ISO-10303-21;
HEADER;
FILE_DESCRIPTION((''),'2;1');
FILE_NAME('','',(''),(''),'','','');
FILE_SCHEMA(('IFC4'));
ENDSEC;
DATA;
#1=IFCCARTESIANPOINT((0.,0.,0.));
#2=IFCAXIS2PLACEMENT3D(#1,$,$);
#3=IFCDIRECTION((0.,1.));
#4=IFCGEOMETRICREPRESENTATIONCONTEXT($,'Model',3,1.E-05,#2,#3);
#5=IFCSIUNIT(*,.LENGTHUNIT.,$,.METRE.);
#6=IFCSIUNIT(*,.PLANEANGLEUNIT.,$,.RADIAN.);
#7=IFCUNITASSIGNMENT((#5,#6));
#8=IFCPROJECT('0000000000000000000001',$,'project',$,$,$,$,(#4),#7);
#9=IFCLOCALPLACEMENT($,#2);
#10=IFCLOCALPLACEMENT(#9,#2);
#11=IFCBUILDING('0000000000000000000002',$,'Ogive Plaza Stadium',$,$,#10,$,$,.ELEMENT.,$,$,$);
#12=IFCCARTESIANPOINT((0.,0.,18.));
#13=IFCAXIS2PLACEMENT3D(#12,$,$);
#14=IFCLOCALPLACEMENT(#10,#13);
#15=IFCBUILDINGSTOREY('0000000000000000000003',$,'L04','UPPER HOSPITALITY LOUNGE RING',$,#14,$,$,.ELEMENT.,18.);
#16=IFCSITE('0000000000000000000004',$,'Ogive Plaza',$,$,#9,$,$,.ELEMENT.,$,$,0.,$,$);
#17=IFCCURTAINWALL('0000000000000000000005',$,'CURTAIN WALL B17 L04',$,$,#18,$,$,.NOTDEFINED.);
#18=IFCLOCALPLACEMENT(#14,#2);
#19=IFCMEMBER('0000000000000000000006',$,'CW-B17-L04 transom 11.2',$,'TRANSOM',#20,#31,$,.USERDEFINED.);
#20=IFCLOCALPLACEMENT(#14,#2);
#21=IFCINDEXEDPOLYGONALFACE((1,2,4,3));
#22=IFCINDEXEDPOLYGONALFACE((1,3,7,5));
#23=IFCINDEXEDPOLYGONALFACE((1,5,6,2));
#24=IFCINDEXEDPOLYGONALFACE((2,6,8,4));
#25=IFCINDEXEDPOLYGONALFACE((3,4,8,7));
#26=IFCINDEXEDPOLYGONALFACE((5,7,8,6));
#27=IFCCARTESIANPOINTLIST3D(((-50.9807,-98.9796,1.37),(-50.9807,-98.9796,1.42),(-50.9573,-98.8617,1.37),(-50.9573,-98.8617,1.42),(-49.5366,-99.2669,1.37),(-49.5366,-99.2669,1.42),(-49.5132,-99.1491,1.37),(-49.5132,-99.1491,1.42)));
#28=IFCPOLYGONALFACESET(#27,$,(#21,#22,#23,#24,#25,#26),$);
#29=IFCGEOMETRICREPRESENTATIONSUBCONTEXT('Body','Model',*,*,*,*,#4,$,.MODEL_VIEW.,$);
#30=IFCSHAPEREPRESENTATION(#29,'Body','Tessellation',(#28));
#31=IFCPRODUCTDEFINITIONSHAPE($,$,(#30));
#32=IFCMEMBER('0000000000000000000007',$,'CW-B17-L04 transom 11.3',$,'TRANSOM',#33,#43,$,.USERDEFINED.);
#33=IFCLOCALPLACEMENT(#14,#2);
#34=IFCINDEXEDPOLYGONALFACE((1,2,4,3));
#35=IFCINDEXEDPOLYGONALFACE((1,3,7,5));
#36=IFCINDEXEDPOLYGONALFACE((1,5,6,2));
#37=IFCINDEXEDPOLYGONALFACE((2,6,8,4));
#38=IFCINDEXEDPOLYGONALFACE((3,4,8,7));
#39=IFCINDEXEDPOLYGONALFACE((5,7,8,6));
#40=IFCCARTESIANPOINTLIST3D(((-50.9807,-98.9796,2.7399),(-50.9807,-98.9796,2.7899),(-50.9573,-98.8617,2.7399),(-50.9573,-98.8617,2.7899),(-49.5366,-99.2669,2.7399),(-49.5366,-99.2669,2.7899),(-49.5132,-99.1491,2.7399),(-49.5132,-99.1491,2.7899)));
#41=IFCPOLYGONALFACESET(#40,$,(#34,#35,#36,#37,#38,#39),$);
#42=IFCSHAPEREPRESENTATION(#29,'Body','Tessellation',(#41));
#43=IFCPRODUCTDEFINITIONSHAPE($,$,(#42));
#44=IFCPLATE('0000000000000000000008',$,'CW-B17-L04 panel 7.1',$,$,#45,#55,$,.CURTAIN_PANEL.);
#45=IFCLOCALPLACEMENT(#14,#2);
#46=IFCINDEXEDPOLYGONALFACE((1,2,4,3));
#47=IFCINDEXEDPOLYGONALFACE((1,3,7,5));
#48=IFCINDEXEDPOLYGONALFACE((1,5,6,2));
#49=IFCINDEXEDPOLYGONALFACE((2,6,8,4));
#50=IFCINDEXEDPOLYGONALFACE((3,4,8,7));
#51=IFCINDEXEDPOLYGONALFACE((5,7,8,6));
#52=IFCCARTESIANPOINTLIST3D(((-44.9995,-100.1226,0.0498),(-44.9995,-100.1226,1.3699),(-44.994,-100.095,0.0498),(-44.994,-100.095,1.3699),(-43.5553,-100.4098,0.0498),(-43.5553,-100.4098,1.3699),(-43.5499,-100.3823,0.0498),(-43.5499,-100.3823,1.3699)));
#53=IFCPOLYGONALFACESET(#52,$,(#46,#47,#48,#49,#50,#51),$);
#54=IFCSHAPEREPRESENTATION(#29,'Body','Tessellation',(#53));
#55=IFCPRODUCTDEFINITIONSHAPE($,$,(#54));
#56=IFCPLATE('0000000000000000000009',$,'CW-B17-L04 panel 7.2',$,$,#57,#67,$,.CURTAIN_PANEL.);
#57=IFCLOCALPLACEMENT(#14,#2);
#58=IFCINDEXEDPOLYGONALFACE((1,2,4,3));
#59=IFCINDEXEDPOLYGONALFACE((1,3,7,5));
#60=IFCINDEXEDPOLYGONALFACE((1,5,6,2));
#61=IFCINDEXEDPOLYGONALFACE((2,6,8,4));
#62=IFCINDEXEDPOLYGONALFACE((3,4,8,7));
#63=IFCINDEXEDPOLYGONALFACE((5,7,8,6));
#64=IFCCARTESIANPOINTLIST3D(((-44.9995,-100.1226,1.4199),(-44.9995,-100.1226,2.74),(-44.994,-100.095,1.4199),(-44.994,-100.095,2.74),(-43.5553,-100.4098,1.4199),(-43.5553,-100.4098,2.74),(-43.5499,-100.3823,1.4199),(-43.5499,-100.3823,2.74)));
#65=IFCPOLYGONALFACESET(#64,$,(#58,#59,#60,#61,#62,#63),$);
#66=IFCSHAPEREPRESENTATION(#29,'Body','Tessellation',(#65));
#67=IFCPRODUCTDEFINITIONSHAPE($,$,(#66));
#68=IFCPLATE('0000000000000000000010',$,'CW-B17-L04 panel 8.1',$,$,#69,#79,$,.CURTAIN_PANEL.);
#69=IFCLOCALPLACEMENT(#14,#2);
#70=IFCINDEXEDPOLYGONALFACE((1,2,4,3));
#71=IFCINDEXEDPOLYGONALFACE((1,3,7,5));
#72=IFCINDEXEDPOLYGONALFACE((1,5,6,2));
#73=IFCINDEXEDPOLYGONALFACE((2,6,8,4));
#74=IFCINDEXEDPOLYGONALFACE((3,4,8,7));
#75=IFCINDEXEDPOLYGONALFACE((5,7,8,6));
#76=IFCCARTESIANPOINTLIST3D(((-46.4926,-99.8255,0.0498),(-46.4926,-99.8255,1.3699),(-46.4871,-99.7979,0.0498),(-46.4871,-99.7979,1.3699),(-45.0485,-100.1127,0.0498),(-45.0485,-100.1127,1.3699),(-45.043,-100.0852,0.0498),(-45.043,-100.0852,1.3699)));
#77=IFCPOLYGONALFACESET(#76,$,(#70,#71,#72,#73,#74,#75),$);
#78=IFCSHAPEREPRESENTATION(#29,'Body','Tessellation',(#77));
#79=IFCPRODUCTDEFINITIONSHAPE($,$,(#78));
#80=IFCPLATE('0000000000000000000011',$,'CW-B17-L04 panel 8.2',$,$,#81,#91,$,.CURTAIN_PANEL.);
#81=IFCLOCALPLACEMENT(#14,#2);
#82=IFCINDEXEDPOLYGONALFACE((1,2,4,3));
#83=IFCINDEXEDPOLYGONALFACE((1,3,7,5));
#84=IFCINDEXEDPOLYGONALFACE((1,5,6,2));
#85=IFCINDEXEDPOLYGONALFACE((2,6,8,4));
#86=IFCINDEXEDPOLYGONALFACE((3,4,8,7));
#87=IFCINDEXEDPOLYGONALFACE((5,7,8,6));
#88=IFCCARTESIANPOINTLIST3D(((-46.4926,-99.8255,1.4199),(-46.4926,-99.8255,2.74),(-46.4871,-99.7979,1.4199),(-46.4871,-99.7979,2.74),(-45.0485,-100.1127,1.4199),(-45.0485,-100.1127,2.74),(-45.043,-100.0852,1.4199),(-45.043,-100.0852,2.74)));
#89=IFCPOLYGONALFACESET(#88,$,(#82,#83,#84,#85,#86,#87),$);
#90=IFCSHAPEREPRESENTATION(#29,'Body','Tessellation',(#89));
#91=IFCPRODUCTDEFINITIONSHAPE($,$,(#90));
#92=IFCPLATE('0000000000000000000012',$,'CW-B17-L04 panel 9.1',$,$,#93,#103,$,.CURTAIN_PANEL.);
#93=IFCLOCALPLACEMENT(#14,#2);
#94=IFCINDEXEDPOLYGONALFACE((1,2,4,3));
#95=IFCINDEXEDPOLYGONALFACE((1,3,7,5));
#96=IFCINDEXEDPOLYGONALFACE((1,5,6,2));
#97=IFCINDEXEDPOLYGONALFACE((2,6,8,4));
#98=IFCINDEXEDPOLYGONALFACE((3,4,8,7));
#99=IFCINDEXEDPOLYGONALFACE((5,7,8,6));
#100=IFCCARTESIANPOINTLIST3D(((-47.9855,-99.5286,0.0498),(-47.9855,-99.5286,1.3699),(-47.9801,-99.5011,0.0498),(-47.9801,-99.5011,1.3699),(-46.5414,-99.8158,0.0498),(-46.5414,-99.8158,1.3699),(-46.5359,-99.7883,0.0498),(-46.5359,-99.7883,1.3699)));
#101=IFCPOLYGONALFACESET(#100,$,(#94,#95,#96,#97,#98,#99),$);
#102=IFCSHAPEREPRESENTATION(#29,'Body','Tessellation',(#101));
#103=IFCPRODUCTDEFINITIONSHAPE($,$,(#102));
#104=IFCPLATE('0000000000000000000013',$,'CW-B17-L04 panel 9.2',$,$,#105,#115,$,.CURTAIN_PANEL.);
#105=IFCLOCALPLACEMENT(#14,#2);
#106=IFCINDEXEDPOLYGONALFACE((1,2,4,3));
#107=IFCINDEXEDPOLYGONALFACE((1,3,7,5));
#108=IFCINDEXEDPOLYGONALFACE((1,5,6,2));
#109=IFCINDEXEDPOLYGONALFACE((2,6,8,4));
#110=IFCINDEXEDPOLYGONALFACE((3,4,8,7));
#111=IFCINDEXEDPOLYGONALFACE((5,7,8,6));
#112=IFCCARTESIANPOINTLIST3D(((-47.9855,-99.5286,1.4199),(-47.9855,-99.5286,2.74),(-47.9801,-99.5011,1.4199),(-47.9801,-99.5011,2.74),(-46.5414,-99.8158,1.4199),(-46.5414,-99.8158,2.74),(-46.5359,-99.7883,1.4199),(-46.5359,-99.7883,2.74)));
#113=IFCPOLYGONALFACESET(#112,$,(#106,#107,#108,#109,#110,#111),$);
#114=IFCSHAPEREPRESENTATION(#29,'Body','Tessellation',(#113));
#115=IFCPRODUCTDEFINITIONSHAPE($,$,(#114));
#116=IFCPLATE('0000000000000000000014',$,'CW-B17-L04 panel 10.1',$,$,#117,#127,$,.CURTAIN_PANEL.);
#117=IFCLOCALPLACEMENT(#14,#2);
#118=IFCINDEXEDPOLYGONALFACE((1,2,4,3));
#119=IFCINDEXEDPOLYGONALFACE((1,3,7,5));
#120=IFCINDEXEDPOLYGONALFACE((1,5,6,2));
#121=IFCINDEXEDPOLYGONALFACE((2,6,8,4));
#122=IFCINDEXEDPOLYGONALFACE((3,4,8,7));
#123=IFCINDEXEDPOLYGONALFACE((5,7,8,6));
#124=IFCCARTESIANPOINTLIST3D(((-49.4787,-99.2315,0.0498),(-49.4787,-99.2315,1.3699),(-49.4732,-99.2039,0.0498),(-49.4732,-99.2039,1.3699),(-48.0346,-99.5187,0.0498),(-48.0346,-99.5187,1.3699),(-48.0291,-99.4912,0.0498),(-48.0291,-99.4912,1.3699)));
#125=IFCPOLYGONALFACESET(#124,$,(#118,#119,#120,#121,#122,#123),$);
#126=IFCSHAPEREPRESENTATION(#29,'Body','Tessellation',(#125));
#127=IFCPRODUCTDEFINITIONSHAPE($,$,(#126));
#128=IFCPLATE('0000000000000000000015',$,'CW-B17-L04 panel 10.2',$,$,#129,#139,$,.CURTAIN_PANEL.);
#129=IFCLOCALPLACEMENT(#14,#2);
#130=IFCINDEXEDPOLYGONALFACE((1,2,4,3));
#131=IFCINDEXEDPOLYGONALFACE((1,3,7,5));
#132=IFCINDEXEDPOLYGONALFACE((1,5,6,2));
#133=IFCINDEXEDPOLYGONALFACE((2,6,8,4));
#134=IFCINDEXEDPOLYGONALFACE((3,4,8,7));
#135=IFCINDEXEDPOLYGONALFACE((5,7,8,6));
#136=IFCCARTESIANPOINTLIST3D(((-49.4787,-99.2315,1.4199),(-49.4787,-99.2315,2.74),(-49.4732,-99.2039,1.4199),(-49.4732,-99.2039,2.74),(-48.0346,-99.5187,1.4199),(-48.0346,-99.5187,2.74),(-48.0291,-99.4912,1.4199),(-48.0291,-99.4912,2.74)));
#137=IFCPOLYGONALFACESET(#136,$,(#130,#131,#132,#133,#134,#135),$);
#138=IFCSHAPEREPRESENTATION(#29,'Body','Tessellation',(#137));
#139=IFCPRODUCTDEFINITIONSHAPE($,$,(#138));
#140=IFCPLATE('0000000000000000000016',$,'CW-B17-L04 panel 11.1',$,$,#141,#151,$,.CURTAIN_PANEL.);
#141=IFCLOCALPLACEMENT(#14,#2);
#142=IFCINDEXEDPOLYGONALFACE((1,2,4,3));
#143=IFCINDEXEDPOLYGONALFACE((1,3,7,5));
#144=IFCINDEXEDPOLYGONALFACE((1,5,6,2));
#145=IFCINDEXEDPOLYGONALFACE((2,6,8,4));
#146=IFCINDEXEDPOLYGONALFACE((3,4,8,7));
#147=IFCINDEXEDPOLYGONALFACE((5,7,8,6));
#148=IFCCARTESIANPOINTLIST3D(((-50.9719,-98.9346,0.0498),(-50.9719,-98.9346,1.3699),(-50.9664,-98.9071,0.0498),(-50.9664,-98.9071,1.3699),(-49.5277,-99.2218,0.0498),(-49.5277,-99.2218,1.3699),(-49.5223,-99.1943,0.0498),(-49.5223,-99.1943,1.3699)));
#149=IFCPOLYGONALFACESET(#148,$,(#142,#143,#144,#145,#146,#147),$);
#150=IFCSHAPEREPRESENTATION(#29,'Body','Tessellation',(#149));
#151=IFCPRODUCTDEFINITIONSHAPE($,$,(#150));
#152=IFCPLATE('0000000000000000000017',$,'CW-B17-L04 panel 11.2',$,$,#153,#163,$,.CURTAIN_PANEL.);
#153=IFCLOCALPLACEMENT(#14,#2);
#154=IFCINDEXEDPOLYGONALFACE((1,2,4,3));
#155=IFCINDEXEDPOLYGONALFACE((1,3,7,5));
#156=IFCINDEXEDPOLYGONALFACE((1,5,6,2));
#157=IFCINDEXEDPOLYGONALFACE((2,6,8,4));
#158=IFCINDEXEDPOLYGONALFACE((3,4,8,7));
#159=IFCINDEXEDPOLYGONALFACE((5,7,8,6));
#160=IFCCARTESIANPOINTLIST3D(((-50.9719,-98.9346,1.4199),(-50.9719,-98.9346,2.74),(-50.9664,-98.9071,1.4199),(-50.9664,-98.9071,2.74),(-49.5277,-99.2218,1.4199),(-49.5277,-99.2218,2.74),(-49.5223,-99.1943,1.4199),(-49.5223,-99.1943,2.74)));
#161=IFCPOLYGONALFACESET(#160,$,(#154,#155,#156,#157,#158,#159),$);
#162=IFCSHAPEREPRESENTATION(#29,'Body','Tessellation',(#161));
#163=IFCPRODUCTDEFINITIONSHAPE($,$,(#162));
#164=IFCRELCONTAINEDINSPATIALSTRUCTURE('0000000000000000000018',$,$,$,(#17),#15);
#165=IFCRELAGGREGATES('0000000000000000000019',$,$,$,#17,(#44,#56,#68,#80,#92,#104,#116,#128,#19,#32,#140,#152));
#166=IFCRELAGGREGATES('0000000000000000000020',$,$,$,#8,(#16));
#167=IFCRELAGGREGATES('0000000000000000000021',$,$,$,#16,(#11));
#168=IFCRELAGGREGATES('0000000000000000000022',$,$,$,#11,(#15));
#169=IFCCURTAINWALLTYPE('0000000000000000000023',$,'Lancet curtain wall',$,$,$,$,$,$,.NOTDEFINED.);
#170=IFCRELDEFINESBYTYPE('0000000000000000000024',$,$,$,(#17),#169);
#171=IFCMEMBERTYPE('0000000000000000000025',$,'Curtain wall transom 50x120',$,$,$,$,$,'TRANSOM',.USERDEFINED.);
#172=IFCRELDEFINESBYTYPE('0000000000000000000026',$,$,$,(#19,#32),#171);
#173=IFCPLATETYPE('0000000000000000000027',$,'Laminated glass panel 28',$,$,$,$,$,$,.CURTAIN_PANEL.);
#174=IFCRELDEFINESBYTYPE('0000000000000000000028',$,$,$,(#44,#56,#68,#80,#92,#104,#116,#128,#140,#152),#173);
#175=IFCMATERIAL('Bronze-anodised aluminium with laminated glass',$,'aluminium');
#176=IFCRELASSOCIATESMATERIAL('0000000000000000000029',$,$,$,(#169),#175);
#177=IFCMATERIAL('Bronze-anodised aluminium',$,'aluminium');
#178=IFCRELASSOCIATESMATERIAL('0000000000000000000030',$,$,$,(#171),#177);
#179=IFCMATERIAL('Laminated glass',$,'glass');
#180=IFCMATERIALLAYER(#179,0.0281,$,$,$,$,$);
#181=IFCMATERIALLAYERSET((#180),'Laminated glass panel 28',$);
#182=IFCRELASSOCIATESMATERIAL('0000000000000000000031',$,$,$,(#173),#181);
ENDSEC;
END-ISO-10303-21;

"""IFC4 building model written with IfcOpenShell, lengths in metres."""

from ifc_helpers import new_model, si_unit, direction, frame, origin, origin_2d, place, context, subcontext, project, spatial, rectangle, extrude, material, layer, layer_set, material_profile, profile_set, type_object, element, aggregate, save


model = new_model("IFC4")

# Units and contexts
model_context = context("Model", 3, precision=1e-05, world=origin(), true_north=direction((0.0, 1.0)))
body_context = subcontext(model_context, "Body", "Model", "MODEL_VIEW")
ifc_project = project(units=[si_unit("LENGTHUNIT", "METRE"), si_unit("PLANEANGLEUNIT", "RADIAN")], contexts=[model_context])

# Site, building, storey
site_placement = place(None, origin())
site = spatial("IfcSite", under=ifc_project, at=site_placement, Name="Ogive Plaza", CompositionType="ELEMENT", RefElevation=0.0)
building_placement = place(site_placement, origin())
building = spatial("IfcBuilding", under=site, at=building_placement, Name="Ogive Plaza Stadium", CompositionType="ELEMENT")
storey_placement = place(building_placement, frame((0.0, 0.0, 18.0)))
storey = spatial("IfcBuildingStorey", under=building, at=storey_placement, Name="L04", Description="UPPER HOSPITALITY LOUNGE RING", CompositionType="ELEMENT", Elevation=18.0)

# Curtain wall, members, plates
ifc_material_1 = material(Name="Bronze-anodised aluminium with laminated glass", Category="aluminium")
curtain_wall_type = type_object("IfcCurtainWallType", Name="Lancet curtain wall", PredefinedType="NOTDEFINED", material=ifc_material_1)
curtain_wall_placement = place(storey_placement, origin())
curtain_wall = element("IfcCurtainWall", 1, at=curtain_wall_placement, inside=storey, type_object=curtain_wall_type, Name="CURTAIN WALL B17 L04", PredefinedType="NOTDEFINED")
ifc_material_2 = material(Name="Bronze-anodised aluminium", Category="aluminium")
ifc_material_profile_1 = material_profile(ifc_material_2, rectangle(XDim=0.1201, YDim=0.05, at=origin_2d()), Name="AL 120x50")
ifc_profile_set_1 = profile_set([ifc_material_profile_1], Name="Bronze-anodised aluminium")
member_type_1 = type_object("IfcMemberType", Name="Curtain wall transom 50x120", ElementType="TRANSOM", PredefinedType="USERDEFINED", material=ifc_profile_set_1)
member_1_placement = place(storey_placement, frame((-49.5249, -99.208, 1.395), z_axis=(-0.980772, 0.195159, 0.0), x_axis=(-0.195159, -0.980772, 0.0)))
member_1 = element("IfcMember", 2, at=member_1_placement, type_object=member_type_1, Name="CW-B17-L04 transom 11.2", ObjectType="TRANSOM", PredefinedType="USERDEFINED", context=body_context, shape_type="SweptSolid", body=[
    extrude(rectangle(XDim=0.1201, YDim=0.05, at=origin_2d()), origin(), (0.0, 0.0, 1.0), 1.4724),
])
member_2_placement = place(storey_placement, frame((-49.5249, -99.208, 2.7649), z_axis=(-0.980772, 0.195159, 0.0), x_axis=(-0.195159, -0.980772, 0.0)))
member_2 = element("IfcMember", 3, at=member_2_placement, type_object=member_type_1, Name="CW-B17-L04 transom 11.3", ObjectType="TRANSOM", PredefinedType="USERDEFINED", context=body_context, shape_type="SweptSolid", body=[
    extrude(rectangle(XDim=0.1201, YDim=0.05, at=origin_2d()), origin(), (0.0, 0.0, 1.0), 1.4724),
])
ifc_material_3 = material(Name="Laminated glass", Category="glass")
ifc_layer = layer(ifc_material_3, 0.0281)
ifc_layer_set = layer_set([ifc_layer], Name="Laminated glass panel 28")
plate_type = type_object("IfcPlateType", Name="Laminated glass panel 28", PredefinedType="CURTAIN_PANEL", material=ifc_layer_set)
plate_1_placement = place(storey_placement, frame((-44.2747, -100.2524, 0.0498), z_axis=(0.0, 0.0, 1.0), x_axis=(-0.980785, 0.19509, 0.0)))
plate_1 = element("IfcPlate", 4, at=plate_1_placement, type_object=plate_type, Name="CW-B17-L04 panel 7.1", PredefinedType="CURTAIN_PANEL", context=body_context, shape_type="SweptSolid", body=[
    extrude(rectangle(XDim=1.4724, YDim=0.0281, at=origin_2d()), origin(), (0.0, 0.0, 1.0), 1.3201),
])
plate_2_placement = place(storey_placement, frame((-44.2747, -100.2524, 1.4199), z_axis=(0.0, 0.0, 1.0), x_axis=(-0.980785, 0.19509, 0.0)))
plate_2 = element("IfcPlate", 5, at=plate_2_placement, type_object=plate_type, Name="CW-B17-L04 panel 7.2", PredefinedType="CURTAIN_PANEL", context=body_context, shape_type="SweptSolid", body=[
    extrude(rectangle(XDim=1.4724, YDim=0.0281, at=origin_2d()), origin(), (0.0, 0.0, 1.0), 1.3201),
])
plate_3_placement = place(storey_placement, frame((-45.7678, -99.9553, 0.0498), z_axis=(0.0, 0.0, 1.0), x_axis=(-0.980785, 0.19509, 0.0)))
plate_3 = element("IfcPlate", 6, at=plate_3_placement, type_object=plate_type, Name="CW-B17-L04 panel 8.1", PredefinedType="CURTAIN_PANEL", context=body_context, shape_type="SweptSolid", body=[
    extrude(rectangle(XDim=1.4724, YDim=0.0281, at=origin_2d()), origin(), (0.0, 0.0, 1.0), 1.3201),
])
plate_4_placement = place(storey_placement, frame((-45.7678, -99.9553, 1.4199), z_axis=(0.0, 0.0, 1.0), x_axis=(-0.980785, 0.19509, 0.0)))
plate_4 = element("IfcPlate", 7, at=plate_4_placement, type_object=plate_type, Name="CW-B17-L04 panel 8.2", PredefinedType="CURTAIN_PANEL", context=body_context, shape_type="SweptSolid", body=[
    extrude(rectangle(XDim=1.4724, YDim=0.0281, at=origin_2d()), origin(), (0.0, 0.0, 1.0), 1.3201),
])
plate_5_placement = place(storey_placement, frame((-47.2607, -99.6584, 0.0498), z_axis=(0.0, 0.0, 1.0), x_axis=(-0.980785, 0.19509, 0.0)))
plate_5 = element("IfcPlate", 8, at=plate_5_placement, type_object=plate_type, Name="CW-B17-L04 panel 9.1", PredefinedType="CURTAIN_PANEL", context=body_context, shape_type="SweptSolid", body=[
    extrude(rectangle(XDim=1.4724, YDim=0.0281, at=origin_2d()), origin(), (0.0, 0.0, 1.0), 1.3201),
])
plate_6_placement = place(storey_placement, frame((-47.2607, -99.6584, 1.4199), z_axis=(0.0, 0.0, 1.0), x_axis=(-0.980785, 0.19509, 0.0)))
plate_6 = element("IfcPlate", 9, at=plate_6_placement, type_object=plate_type, Name="CW-B17-L04 panel 9.2", PredefinedType="CURTAIN_PANEL", context=body_context, shape_type="SweptSolid", body=[
    extrude(rectangle(XDim=1.4724, YDim=0.0281, at=origin_2d()), origin(), (0.0, 0.0, 1.0), 1.3201),
])
plate_7_placement = place(storey_placement, frame((-48.7539, -99.3613, 0.0498), z_axis=(0.0, 0.0, 1.0), x_axis=(-0.980785, 0.19509, 0.0)))
plate_7 = element("IfcPlate", 10, at=plate_7_placement, type_object=plate_type, Name="CW-B17-L04 panel 10.1", PredefinedType="CURTAIN_PANEL", context=body_context, shape_type="SweptSolid", body=[
    extrude(rectangle(XDim=1.4724, YDim=0.0281, at=origin_2d()), origin(), (0.0, 0.0, 1.0), 1.3201),
])
plate_8_placement = place(storey_placement, frame((-48.7539, -99.3613, 1.4199), z_axis=(0.0, 0.0, 1.0), x_axis=(-0.980785, 0.19509, 0.0)))
plate_8 = element("IfcPlate", 11, at=plate_8_placement, type_object=plate_type, Name="CW-B17-L04 panel 10.2", PredefinedType="CURTAIN_PANEL", context=body_context, shape_type="SweptSolid", body=[
    extrude(rectangle(XDim=1.4724, YDim=0.0281, at=origin_2d()), origin(), (0.0, 0.0, 1.0), 1.3201),
])
plate_9_placement = place(storey_placement, frame((-50.2471, -99.0645, 0.0498), z_axis=(0.0, 0.0, 1.0), x_axis=(-0.980785, 0.19509, 0.0)))
plate_9 = element("IfcPlate", 12, at=plate_9_placement, type_object=plate_type, Name="CW-B17-L04 panel 11.1", PredefinedType="CURTAIN_PANEL", context=body_context, shape_type="SweptSolid", body=[
    extrude(rectangle(XDim=1.4724, YDim=0.0281, at=origin_2d()), origin(), (0.0, 0.0, 1.0), 1.3201),
])
plate_10_placement = place(storey_placement, frame((-50.2471, -99.0645, 1.4199), z_axis=(0.0, 0.0, 1.0), x_axis=(-0.980785, 0.19509, 0.0)))
plate_10 = element("IfcPlate", 13, at=plate_10_placement, type_object=plate_type, Name="CW-B17-L04 panel 11.2", PredefinedType="CURTAIN_PANEL", context=body_context, shape_type="SweptSolid", body=[
    extrude(rectangle(XDim=1.4724, YDim=0.0281, at=origin_2d()), origin(), (0.0, 0.0, 1.0), 1.3201),
])
aggregate(curtain_wall, [plate_1, plate_2, plate_3, plate_4, plate_5, plate_6, plate_7, plate_8, member_1, member_2, plate_9, plate_10])

save(model, "model.ifc")
